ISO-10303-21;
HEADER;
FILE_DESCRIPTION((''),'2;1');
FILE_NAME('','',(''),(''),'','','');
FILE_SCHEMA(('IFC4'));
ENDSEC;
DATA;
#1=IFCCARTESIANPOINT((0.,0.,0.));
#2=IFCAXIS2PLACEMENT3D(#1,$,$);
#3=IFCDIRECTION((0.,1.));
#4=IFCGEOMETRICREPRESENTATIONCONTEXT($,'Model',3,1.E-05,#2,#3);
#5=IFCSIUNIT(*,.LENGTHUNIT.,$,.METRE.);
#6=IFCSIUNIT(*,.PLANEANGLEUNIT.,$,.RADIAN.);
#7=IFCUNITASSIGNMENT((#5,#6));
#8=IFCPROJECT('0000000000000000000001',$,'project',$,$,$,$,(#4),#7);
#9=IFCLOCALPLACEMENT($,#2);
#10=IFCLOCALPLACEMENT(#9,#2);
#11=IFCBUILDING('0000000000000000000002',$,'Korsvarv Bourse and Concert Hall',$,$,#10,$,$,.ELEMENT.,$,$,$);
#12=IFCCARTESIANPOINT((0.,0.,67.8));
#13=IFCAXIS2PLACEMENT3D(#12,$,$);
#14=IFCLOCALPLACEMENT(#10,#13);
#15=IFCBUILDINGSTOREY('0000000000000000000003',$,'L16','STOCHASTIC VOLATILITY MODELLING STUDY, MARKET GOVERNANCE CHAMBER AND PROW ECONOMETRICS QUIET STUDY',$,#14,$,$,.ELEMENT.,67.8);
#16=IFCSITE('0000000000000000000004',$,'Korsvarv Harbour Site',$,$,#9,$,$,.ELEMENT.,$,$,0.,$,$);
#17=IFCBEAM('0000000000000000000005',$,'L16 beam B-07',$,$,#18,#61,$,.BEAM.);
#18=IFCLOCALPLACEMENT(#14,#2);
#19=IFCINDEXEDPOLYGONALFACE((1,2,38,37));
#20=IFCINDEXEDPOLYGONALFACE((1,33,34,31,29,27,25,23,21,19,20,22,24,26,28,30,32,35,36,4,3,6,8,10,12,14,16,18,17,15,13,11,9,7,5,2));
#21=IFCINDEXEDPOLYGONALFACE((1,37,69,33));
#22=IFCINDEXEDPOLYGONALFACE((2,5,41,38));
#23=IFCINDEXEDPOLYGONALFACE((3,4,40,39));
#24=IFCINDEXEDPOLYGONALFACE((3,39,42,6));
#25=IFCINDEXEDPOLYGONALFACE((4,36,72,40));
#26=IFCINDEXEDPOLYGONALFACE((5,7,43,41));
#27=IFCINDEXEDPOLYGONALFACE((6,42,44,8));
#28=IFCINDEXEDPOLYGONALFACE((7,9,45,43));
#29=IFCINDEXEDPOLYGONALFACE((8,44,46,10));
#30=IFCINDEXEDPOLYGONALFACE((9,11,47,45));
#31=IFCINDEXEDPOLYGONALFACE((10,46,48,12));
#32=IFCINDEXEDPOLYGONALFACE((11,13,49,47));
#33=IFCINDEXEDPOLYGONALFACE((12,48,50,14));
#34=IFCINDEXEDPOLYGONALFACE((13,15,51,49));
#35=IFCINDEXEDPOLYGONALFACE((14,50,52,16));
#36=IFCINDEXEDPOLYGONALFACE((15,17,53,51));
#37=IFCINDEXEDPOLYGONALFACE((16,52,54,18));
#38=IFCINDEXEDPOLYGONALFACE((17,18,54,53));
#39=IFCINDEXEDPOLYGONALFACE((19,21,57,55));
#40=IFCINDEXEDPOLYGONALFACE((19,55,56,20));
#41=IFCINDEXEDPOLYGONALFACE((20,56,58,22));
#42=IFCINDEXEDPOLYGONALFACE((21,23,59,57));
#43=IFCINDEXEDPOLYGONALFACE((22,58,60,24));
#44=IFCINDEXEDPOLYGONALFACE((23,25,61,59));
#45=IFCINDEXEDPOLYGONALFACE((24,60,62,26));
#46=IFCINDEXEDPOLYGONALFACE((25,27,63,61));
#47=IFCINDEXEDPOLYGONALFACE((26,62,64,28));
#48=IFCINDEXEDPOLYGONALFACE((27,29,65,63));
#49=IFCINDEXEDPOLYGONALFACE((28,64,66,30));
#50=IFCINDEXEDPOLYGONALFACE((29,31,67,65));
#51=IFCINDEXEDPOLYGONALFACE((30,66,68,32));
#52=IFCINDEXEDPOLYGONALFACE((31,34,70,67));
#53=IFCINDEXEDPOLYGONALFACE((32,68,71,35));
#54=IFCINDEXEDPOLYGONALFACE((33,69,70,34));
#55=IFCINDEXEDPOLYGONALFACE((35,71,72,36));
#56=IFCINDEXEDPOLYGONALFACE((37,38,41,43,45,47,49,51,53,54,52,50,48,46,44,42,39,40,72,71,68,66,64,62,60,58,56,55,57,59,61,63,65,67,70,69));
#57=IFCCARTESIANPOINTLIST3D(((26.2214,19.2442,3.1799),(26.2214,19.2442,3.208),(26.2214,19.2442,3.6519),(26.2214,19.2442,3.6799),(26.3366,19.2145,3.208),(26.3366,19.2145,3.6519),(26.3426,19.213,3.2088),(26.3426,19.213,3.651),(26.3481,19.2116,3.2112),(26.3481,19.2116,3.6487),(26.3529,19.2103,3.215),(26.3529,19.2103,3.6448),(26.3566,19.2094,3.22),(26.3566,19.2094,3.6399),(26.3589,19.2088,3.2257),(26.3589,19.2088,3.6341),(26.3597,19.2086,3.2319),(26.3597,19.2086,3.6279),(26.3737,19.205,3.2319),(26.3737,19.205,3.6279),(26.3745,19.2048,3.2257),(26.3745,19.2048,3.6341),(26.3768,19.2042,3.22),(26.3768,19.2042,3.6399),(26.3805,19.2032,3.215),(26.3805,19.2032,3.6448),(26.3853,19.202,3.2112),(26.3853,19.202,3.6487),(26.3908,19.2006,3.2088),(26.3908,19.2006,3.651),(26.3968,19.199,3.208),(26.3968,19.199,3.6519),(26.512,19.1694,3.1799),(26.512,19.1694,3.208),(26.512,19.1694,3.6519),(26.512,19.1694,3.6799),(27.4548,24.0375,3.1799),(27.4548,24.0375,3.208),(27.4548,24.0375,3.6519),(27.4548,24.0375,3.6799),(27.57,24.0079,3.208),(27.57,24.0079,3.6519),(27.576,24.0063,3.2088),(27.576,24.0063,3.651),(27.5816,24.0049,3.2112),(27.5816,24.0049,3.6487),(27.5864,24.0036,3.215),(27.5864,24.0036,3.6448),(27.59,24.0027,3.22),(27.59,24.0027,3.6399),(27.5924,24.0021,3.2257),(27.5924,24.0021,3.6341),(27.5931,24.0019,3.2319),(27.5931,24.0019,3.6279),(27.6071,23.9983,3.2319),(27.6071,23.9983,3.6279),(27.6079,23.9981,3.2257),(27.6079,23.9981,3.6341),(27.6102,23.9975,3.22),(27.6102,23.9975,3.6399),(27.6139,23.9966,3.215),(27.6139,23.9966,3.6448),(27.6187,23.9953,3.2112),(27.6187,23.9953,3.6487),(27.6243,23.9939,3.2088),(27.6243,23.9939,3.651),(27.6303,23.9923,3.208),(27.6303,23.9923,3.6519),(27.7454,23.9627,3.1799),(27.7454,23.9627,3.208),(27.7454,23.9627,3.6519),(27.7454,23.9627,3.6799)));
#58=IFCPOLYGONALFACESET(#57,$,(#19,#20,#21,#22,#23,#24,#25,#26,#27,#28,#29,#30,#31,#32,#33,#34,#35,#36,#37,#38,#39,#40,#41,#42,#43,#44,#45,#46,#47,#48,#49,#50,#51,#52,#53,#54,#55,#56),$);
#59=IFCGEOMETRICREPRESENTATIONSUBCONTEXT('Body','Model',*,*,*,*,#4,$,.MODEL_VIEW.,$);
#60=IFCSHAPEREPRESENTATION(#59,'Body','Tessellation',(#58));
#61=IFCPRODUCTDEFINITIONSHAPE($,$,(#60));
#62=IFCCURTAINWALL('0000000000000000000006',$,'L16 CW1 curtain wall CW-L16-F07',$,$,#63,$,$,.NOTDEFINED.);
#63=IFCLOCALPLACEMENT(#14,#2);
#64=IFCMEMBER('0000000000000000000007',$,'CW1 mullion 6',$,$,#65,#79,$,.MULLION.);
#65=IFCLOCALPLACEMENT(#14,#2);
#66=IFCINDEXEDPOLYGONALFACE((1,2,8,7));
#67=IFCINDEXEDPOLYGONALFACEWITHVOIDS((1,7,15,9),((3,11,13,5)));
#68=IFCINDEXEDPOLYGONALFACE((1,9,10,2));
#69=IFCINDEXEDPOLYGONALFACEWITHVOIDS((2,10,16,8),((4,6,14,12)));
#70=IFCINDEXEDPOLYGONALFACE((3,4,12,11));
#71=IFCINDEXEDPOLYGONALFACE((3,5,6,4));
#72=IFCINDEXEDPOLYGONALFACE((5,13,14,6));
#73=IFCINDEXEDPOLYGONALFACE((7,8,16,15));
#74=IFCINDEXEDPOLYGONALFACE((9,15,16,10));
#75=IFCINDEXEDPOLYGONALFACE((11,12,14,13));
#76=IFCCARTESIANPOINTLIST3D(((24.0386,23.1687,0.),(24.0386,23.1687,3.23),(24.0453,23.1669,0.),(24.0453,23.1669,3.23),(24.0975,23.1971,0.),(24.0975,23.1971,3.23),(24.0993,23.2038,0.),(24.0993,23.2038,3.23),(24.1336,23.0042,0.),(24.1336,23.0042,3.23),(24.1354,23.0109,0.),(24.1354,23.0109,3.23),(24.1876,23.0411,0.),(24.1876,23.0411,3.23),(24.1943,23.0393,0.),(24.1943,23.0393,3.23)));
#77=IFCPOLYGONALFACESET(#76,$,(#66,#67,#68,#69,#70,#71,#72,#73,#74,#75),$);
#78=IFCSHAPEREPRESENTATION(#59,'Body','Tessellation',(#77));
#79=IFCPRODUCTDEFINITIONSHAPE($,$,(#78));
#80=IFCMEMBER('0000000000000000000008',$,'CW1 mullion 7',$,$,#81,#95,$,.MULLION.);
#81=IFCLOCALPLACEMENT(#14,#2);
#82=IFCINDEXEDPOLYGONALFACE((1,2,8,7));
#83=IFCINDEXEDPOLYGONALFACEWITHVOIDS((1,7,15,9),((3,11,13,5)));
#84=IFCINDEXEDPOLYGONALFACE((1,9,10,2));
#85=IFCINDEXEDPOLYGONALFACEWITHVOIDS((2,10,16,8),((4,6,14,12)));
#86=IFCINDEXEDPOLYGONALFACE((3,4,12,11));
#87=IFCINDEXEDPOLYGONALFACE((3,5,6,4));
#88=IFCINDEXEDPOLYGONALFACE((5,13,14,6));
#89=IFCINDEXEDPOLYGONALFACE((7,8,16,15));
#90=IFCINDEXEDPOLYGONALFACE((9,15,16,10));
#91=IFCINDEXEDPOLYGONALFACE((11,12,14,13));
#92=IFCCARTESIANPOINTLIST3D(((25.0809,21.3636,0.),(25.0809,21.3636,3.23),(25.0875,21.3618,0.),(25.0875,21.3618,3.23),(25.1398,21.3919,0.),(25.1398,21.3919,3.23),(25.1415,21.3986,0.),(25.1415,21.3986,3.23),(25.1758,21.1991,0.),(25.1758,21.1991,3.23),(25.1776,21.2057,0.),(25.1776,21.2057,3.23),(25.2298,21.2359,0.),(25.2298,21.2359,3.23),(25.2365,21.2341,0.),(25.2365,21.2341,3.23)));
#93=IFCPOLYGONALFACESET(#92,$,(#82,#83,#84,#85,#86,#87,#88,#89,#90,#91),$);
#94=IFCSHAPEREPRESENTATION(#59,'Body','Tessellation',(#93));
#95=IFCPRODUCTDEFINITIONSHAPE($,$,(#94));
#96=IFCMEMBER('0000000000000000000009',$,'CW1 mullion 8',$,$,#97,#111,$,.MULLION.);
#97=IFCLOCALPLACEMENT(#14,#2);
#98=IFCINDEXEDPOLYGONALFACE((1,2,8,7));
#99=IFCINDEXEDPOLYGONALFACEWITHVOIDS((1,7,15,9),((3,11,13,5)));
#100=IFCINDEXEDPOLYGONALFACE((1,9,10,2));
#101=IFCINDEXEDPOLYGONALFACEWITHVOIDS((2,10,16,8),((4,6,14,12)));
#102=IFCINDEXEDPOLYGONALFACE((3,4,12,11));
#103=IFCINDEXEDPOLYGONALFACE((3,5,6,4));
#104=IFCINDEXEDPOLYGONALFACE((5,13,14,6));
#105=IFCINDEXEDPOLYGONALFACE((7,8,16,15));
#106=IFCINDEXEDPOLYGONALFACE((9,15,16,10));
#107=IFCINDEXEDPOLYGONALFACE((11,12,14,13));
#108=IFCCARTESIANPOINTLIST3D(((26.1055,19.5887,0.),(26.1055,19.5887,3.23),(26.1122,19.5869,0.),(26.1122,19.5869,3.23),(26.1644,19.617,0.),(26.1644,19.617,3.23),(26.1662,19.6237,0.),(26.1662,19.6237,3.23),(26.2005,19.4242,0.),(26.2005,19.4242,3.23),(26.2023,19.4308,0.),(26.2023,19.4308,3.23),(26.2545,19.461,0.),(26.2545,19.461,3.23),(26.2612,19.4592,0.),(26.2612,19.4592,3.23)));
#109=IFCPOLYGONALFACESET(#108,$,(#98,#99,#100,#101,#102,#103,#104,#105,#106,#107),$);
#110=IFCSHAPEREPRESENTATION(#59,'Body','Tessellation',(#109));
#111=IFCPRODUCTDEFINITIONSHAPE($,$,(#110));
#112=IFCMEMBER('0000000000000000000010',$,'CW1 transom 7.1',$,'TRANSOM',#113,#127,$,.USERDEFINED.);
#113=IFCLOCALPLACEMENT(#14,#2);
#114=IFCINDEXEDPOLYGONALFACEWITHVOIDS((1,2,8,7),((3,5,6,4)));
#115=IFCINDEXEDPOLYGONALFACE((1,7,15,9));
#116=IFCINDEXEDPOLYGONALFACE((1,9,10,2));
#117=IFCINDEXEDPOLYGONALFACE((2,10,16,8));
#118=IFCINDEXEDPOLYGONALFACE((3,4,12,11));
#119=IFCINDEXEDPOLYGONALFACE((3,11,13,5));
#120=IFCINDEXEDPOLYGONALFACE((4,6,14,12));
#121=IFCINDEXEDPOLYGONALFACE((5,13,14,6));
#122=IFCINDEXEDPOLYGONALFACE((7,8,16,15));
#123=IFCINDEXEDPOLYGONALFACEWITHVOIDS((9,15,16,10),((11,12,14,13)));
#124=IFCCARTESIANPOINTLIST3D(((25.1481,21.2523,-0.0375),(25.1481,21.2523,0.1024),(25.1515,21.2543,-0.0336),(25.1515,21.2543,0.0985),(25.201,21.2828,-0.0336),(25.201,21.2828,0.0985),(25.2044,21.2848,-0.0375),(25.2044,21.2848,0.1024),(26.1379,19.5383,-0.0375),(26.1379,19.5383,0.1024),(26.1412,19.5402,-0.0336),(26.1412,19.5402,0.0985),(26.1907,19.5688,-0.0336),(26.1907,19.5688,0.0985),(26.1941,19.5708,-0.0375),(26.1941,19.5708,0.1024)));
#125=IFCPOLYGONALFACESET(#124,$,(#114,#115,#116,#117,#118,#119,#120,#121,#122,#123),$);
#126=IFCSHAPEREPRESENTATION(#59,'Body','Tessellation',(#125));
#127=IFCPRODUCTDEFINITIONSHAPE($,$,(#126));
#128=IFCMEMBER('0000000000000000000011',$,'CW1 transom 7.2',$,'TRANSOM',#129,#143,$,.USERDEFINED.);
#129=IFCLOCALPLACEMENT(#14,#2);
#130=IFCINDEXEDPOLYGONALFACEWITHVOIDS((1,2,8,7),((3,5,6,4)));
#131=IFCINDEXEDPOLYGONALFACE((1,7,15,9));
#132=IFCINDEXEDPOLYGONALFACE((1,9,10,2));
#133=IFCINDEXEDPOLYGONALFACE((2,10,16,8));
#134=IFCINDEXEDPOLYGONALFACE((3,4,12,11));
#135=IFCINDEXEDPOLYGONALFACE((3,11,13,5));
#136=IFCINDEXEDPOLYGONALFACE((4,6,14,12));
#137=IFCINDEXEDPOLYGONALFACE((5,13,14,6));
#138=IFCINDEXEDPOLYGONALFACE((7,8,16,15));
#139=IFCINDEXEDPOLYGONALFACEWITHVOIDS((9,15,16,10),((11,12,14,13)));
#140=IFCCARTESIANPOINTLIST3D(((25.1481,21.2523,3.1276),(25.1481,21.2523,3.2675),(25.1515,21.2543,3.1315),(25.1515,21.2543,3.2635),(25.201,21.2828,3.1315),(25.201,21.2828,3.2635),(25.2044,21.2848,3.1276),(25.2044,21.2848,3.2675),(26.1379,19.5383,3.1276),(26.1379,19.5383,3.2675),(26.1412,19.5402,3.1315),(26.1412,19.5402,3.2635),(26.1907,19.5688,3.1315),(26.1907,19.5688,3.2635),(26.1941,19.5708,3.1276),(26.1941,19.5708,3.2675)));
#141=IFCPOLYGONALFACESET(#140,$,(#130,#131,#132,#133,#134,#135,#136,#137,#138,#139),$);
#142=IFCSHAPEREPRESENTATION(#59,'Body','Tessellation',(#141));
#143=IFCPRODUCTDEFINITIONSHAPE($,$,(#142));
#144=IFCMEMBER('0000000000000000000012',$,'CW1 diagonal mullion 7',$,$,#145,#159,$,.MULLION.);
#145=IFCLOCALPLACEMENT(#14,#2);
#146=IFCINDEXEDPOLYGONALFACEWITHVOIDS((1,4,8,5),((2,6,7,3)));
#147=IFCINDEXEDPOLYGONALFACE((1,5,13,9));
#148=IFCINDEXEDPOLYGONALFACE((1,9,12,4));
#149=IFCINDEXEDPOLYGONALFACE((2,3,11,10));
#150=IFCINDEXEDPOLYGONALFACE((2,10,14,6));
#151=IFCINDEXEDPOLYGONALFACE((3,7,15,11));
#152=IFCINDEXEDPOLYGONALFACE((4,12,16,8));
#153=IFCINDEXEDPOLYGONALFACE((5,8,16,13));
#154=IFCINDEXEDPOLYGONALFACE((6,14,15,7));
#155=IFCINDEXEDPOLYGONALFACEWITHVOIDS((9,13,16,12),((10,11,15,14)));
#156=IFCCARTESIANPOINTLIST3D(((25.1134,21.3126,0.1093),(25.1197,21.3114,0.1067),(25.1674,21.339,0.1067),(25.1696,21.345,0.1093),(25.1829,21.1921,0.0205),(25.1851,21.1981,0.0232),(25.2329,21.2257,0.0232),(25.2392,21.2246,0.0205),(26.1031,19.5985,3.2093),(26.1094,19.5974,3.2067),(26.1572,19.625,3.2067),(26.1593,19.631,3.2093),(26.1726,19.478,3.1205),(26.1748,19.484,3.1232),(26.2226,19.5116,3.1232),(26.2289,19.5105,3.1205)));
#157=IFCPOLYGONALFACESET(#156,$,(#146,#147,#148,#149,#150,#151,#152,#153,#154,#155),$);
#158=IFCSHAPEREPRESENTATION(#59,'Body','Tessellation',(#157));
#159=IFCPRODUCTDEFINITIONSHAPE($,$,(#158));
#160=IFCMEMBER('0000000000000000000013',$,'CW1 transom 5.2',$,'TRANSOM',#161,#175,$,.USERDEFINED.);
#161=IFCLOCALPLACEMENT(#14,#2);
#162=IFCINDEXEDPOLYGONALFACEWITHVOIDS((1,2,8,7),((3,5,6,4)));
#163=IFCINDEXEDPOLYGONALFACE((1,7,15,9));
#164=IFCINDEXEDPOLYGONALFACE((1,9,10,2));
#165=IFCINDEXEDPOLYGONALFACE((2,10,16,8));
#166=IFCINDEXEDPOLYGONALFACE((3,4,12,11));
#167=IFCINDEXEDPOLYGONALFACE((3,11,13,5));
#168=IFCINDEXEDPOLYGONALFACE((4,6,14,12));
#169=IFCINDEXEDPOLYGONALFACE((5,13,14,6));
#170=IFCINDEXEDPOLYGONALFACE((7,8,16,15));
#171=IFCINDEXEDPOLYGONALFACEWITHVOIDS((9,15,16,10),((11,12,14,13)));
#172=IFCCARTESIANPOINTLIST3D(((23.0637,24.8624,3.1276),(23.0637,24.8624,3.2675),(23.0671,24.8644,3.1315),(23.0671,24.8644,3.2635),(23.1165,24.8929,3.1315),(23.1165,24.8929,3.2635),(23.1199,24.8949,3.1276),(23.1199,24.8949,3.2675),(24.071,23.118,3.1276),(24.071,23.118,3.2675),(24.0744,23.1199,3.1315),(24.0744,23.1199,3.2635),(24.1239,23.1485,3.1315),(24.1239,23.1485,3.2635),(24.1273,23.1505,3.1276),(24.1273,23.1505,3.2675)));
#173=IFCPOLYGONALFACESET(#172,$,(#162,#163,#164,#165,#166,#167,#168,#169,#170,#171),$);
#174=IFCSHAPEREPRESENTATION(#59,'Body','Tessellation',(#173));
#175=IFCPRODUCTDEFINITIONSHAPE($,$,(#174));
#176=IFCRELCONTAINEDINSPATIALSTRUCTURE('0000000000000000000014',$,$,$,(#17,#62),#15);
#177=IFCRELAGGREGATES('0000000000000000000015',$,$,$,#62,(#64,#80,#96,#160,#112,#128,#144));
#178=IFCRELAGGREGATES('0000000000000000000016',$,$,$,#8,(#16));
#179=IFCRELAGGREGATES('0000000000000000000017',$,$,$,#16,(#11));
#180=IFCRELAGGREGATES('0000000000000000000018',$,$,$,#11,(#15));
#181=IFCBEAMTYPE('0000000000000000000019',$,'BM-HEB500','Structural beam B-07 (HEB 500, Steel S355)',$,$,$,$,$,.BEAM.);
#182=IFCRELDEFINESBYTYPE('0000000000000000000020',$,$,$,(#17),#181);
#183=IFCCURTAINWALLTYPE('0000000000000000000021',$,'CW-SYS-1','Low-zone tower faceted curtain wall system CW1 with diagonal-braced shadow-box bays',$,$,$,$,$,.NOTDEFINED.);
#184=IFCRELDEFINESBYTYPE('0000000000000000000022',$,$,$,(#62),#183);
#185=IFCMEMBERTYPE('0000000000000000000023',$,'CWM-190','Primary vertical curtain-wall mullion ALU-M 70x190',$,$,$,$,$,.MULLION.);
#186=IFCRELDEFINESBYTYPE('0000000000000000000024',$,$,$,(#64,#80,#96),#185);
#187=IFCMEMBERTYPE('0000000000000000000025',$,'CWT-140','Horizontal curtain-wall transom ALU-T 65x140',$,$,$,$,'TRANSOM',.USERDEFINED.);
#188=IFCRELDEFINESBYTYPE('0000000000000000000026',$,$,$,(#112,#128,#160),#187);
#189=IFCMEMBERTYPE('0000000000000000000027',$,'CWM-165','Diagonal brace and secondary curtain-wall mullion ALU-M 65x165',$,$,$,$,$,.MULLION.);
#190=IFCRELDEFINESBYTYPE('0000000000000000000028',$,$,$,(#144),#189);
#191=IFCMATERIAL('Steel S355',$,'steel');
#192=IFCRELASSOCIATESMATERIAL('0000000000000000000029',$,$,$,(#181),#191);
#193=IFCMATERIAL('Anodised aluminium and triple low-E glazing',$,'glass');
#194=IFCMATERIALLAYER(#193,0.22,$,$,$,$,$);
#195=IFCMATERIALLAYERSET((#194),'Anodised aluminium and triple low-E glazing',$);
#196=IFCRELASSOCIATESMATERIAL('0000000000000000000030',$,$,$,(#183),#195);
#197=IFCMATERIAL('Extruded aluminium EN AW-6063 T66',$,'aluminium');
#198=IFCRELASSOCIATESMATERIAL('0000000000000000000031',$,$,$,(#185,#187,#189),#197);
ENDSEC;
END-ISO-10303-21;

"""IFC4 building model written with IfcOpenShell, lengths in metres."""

from ifc_helpers import new_model, si_unit, direction, frame, origin, origin_2d, place, context, subcontext, project, spatial, hollow_rectangle, i_section, extrude, source, transform, mapped, material, layer, layer_set, material_profile, profile_set, type_object, element, aggregate, save


model = new_model("IFC4")

# Units and contexts
model_context = context("Model", 3, precision=1e-05, world=origin(), true_north=direction((0.0, 1.0)))
body_context = subcontext(model_context, "Body", "Model", "MODEL_VIEW")
ifc_project = project(units=[si_unit("LENGTHUNIT", "METRE"), si_unit("PLANEANGLEUNIT", "RADIAN")], contexts=[model_context])

# Site, building, storey
site_placement = place(None, origin())
site = spatial("IfcSite", under=ifc_project, at=site_placement, Name="Korsvarv Harbour Site", CompositionType="ELEMENT", RefElevation=0.0)
building_placement = place(site_placement, origin())
building = spatial("IfcBuilding", under=site, at=building_placement, Name="Korsvarv Bourse and Concert Hall", CompositionType="ELEMENT")
storey_placement = place(building_placement, frame((0.0, 0.0, 67.8)))
storey = spatial("IfcBuildingStorey", under=building, at=storey_placement, Name="L16", Description="STOCHASTIC VOLATILITY MODELLING STUDY, MARKET GOVERNANCE CHAMBER AND PROW ECONOMETRICS QUIET STUDY", CompositionType="ELEMENT", Elevation=67.8)

# Beam
ifc_material_1 = material(Name="Steel S355", Category="steel")
ifc_material_profile_1 = material_profile(ifc_material_1, i_section(OverallWidth=0.3, OverallDepth=0.5, WebThickness=0.0144, FlangeThickness=0.0281, FilletRadius=0.0239, at=origin_2d()), Name="HEB 500")
ifc_profile_set_1 = profile_set([ifc_material_profile_1], Name="Steel S355")
beam_type_1 = type_object("IfcBeamType", Name="BM-HEB500", Description="Structural beam B-07 (HEB 500, Steel S355)", PredefinedType="BEAM", material=ifc_profile_set_1)
shared_shape_1 = source(origin(), body_context, "Body", "SweptSolid", [
    extrude(i_section(OverallWidth=0.3, OverallDepth=0.5, WebThickness=0.0144, FlangeThickness=0.0281, FilletRadius=0.0239, at=origin_2d()), origin(), (0.0, 0.0, 1.0), 4.9495),
])
beam_1_placement = place(storey_placement, frame((26.3667, 19.2068, 3.4299), z_axis=(0.249204, 0.968451, 0.0), x_axis=(-0.968451, 0.249204, 0.0)))
element("IfcBeam", 1, at=beam_1_placement, inside=storey, type_object=beam_type_1, Name="L16 beam B-07", PredefinedType="BEAM", context=body_context, shape_type="MappedRepresentation", body=[
    mapped(shared_shape_1, transform((0.0, 0.0, 0.0), scale=1.0)),
])

# Curtain wall, members
ifc_material_2 = material(Name="Anodised aluminium and triple low-E glazing", Category="glass")
ifc_layer_1 = layer(ifc_material_2, 0.22)
ifc_layer_set_1 = layer_set([ifc_layer_1], Name="Anodised aluminium and triple low-E glazing")
curtain_wall_type = type_object("IfcCurtainWallType", Name="CW-SYS-1", Description="Low-zone tower faceted curtain wall system CW1 with diagonal-braced shadow-box bays", PredefinedType="NOTDEFINED", material=ifc_layer_set_1)
curtain_wall_placement = place(storey_placement, origin())
curtain_wall = element("IfcCurtainWall", 2, at=curtain_wall_placement, inside=storey, type_object=curtain_wall_type, Name="L16 CW1 curtain wall CW-L16-F07", PredefinedType="NOTDEFINED")
ifc_material_3 = material(Name="Extruded aluminium EN AW-6063 T66", Category="aluminium")
ifc_material_profile_2 = material_profile(ifc_material_3, hollow_rectangle(XDim=0.0701, YDim=0.1899, WallThickness=0.0049, at=origin_2d()), Name="ALU-M 70x190")
ifc_profile_set_2 = profile_set([ifc_material_profile_2], Name="Extruded aluminium EN AW-6063 T66")
member_type_1 = type_object("IfcMemberType", Name="CWM-190", Description="Primary vertical curtain-wall mullion ALU-M 70x190", PredefinedType="MULLION", material=ifc_profile_set_2)
shared_shape_2 = source(origin(), body_context, "Body", "SweptSolid", [
    extrude(hollow_rectangle(XDim=0.0701, YDim=0.1899, WallThickness=0.0049, at=origin_2d()), origin(), (0.0, 0.0, 1.0), 3.23),
])
member_1_placement = place(storey_placement, frame((24.1165, 23.104, 0.0), z_axis=(0.0, 0.0, 1.0), x_axis=(0.866022, 0.500006, 0.0)))
member_1 = element("IfcMember", 3, at=member_1_placement, type_object=member_type_1, Name="CW1 mullion 6", PredefinedType="MULLION", context=body_context, shape_type="MappedRepresentation", body=[
    mapped(shared_shape_2, transform((0.0, 0.0, 0.0), scale=1.0)),
])
member_2_placement = place(storey_placement, frame((25.1587, 21.2988, 0.0), z_axis=(0.0, 0.0, 1.0), x_axis=(0.866022, 0.500006, 0.0)))
member_2 = element("IfcMember", 4, at=member_2_placement, type_object=member_type_1, Name="CW1 mullion 7", PredefinedType="MULLION", context=body_context, shape_type="MappedRepresentation", body=[
    mapped(shared_shape_2, transform((0.0, 0.0, 0.0), scale=1.0)),
])
member_3_placement = place(storey_placement, frame((26.1833, 19.5239, 0.0), z_axis=(0.0, 0.0, 1.0), x_axis=(0.866022, 0.500006, 0.0)))
member_3 = element("IfcMember", 5, at=member_3_placement, type_object=member_type_1, Name="CW1 mullion 8", PredefinedType="MULLION", context=body_context, shape_type="MappedRepresentation", body=[
    mapped(shared_shape_2, transform((0.0, 0.0, 0.0), scale=1.0)),
])
ifc_material_profile_3 = material_profile(ifc_material_3, hollow_rectangle(XDim=0.0649, YDim=0.1399, WallThickness=0.0039, at=origin_2d()), Name="ALU-T 65x140")
ifc_profile_set_3 = profile_set([ifc_material_profile_3], Name="Extruded aluminium EN AW-6063 T66")
member_type_2 = type_object("IfcMemberType", Name="CWT-140", Description="Horizontal curtain-wall transom ALU-T 65x140", ElementType="TRANSOM", PredefinedType="USERDEFINED", material=ifc_profile_set_3)
shared_shape_3 = source(origin(), body_context, "Body", "SweptSolid", [
    extrude(hollow_rectangle(XDim=0.0649, YDim=0.1399, WallThickness=0.0039, at=origin_2d()), origin(), (0.0, 0.0, 1.0), 1.9792),
])
member_4_placement = place(storey_placement, frame((25.1763, 21.2686, 0.0325), z_axis=(0.500039, -0.866003, 0.0), x_axis=(0.866003, 0.500039, 0.0)))
member_4 = element("IfcMember", 6, at=member_4_placement, type_object=member_type_2, Name="CW1 transom 7.1", ObjectType="TRANSOM", PredefinedType="USERDEFINED", context=body_context, shape_type="MappedRepresentation", body=[
    mapped(shared_shape_3, transform((0.0, 0.0, 0.0), scale=1.0)),
])
member_5_placement = place(storey_placement, frame((25.1763, 21.2686, 3.1975), z_axis=(0.500039, -0.866003, 0.0), x_axis=(0.866003, 0.500039, 0.0)))
member_5 = element("IfcMember", 7, at=member_5_placement, type_object=member_type_2, Name="CW1 transom 7.2", ObjectType="TRANSOM", PredefinedType="USERDEFINED", context=body_context, shape_type="MappedRepresentation", body=[
    mapped(shared_shape_3, transform((0.0, 0.0, 0.0), scale=1.0)),
])
ifc_material_profile_4 = material_profile(ifc_material_3, hollow_rectangle(XDim=0.0649, YDim=0.165, WallThickness=0.0049, at=origin_2d()), Name="ALU-M 65x165")
ifc_profile_set_4 = profile_set([ifc_material_profile_4], Name="Extruded aluminium EN AW-6063 T66")
member_type_3 = type_object("IfcMemberType", Name="CWM-165", Description="Diagonal brace and secondary curtain-wall mullion ALU-M 65x165", PredefinedType="MULLION", material=ifc_profile_set_4)
shared_shape_4 = source(origin(), body_context, "Body", "SweptSolid", [
    extrude(hollow_rectangle(XDim=0.0649, YDim=0.165, WallThickness=0.0049, at=origin_2d()), origin(), (0.0, 0.0, 1.0), 3.678),
])
member_6_placement = place(storey_placement, frame((25.1763, 21.2686, 0.0649), z_axis=(0.269092, -0.466032, 0.842854), x_axis=(0.866003, 0.500039, 0.0)))
member_6 = element("IfcMember", 8, at=member_6_placement, type_object=member_type_3, Name="CW1 diagonal mullion 7", PredefinedType="MULLION", context=body_context, shape_type="MappedRepresentation", body=[
    mapped(shared_shape_4, transform((0.0, 0.0, 0.0), scale=1.0)),
])
shared_shape_5 = source(origin(), body_context, "Body", "SweptSolid", [
    extrude(hollow_rectangle(XDim=0.0649, YDim=0.1399, WallThickness=0.0039, at=origin_2d()), origin(), (0.0, 0.0, 1.0), 2.0144),
])
member_7_placement = place(storey_placement, frame((23.0918, 24.8787, 3.1975), z_axis=(0.500076, -0.865982, 0.0), x_axis=(0.865982, 0.500076, 0.0)))
member_7 = element("IfcMember", 9, at=member_7_placement, type_object=member_type_2, Name="CW1 transom 5.2", ObjectType="TRANSOM", PredefinedType="USERDEFINED", context=body_context, shape_type="MappedRepresentation", body=[
    mapped(shared_shape_5, transform((0.0, 0.0, 0.0), scale=1.0)),
])
aggregate(curtain_wall, [member_1, member_2, member_3, member_7, member_4, member_5, member_6])

save(model, "model.ifc")
